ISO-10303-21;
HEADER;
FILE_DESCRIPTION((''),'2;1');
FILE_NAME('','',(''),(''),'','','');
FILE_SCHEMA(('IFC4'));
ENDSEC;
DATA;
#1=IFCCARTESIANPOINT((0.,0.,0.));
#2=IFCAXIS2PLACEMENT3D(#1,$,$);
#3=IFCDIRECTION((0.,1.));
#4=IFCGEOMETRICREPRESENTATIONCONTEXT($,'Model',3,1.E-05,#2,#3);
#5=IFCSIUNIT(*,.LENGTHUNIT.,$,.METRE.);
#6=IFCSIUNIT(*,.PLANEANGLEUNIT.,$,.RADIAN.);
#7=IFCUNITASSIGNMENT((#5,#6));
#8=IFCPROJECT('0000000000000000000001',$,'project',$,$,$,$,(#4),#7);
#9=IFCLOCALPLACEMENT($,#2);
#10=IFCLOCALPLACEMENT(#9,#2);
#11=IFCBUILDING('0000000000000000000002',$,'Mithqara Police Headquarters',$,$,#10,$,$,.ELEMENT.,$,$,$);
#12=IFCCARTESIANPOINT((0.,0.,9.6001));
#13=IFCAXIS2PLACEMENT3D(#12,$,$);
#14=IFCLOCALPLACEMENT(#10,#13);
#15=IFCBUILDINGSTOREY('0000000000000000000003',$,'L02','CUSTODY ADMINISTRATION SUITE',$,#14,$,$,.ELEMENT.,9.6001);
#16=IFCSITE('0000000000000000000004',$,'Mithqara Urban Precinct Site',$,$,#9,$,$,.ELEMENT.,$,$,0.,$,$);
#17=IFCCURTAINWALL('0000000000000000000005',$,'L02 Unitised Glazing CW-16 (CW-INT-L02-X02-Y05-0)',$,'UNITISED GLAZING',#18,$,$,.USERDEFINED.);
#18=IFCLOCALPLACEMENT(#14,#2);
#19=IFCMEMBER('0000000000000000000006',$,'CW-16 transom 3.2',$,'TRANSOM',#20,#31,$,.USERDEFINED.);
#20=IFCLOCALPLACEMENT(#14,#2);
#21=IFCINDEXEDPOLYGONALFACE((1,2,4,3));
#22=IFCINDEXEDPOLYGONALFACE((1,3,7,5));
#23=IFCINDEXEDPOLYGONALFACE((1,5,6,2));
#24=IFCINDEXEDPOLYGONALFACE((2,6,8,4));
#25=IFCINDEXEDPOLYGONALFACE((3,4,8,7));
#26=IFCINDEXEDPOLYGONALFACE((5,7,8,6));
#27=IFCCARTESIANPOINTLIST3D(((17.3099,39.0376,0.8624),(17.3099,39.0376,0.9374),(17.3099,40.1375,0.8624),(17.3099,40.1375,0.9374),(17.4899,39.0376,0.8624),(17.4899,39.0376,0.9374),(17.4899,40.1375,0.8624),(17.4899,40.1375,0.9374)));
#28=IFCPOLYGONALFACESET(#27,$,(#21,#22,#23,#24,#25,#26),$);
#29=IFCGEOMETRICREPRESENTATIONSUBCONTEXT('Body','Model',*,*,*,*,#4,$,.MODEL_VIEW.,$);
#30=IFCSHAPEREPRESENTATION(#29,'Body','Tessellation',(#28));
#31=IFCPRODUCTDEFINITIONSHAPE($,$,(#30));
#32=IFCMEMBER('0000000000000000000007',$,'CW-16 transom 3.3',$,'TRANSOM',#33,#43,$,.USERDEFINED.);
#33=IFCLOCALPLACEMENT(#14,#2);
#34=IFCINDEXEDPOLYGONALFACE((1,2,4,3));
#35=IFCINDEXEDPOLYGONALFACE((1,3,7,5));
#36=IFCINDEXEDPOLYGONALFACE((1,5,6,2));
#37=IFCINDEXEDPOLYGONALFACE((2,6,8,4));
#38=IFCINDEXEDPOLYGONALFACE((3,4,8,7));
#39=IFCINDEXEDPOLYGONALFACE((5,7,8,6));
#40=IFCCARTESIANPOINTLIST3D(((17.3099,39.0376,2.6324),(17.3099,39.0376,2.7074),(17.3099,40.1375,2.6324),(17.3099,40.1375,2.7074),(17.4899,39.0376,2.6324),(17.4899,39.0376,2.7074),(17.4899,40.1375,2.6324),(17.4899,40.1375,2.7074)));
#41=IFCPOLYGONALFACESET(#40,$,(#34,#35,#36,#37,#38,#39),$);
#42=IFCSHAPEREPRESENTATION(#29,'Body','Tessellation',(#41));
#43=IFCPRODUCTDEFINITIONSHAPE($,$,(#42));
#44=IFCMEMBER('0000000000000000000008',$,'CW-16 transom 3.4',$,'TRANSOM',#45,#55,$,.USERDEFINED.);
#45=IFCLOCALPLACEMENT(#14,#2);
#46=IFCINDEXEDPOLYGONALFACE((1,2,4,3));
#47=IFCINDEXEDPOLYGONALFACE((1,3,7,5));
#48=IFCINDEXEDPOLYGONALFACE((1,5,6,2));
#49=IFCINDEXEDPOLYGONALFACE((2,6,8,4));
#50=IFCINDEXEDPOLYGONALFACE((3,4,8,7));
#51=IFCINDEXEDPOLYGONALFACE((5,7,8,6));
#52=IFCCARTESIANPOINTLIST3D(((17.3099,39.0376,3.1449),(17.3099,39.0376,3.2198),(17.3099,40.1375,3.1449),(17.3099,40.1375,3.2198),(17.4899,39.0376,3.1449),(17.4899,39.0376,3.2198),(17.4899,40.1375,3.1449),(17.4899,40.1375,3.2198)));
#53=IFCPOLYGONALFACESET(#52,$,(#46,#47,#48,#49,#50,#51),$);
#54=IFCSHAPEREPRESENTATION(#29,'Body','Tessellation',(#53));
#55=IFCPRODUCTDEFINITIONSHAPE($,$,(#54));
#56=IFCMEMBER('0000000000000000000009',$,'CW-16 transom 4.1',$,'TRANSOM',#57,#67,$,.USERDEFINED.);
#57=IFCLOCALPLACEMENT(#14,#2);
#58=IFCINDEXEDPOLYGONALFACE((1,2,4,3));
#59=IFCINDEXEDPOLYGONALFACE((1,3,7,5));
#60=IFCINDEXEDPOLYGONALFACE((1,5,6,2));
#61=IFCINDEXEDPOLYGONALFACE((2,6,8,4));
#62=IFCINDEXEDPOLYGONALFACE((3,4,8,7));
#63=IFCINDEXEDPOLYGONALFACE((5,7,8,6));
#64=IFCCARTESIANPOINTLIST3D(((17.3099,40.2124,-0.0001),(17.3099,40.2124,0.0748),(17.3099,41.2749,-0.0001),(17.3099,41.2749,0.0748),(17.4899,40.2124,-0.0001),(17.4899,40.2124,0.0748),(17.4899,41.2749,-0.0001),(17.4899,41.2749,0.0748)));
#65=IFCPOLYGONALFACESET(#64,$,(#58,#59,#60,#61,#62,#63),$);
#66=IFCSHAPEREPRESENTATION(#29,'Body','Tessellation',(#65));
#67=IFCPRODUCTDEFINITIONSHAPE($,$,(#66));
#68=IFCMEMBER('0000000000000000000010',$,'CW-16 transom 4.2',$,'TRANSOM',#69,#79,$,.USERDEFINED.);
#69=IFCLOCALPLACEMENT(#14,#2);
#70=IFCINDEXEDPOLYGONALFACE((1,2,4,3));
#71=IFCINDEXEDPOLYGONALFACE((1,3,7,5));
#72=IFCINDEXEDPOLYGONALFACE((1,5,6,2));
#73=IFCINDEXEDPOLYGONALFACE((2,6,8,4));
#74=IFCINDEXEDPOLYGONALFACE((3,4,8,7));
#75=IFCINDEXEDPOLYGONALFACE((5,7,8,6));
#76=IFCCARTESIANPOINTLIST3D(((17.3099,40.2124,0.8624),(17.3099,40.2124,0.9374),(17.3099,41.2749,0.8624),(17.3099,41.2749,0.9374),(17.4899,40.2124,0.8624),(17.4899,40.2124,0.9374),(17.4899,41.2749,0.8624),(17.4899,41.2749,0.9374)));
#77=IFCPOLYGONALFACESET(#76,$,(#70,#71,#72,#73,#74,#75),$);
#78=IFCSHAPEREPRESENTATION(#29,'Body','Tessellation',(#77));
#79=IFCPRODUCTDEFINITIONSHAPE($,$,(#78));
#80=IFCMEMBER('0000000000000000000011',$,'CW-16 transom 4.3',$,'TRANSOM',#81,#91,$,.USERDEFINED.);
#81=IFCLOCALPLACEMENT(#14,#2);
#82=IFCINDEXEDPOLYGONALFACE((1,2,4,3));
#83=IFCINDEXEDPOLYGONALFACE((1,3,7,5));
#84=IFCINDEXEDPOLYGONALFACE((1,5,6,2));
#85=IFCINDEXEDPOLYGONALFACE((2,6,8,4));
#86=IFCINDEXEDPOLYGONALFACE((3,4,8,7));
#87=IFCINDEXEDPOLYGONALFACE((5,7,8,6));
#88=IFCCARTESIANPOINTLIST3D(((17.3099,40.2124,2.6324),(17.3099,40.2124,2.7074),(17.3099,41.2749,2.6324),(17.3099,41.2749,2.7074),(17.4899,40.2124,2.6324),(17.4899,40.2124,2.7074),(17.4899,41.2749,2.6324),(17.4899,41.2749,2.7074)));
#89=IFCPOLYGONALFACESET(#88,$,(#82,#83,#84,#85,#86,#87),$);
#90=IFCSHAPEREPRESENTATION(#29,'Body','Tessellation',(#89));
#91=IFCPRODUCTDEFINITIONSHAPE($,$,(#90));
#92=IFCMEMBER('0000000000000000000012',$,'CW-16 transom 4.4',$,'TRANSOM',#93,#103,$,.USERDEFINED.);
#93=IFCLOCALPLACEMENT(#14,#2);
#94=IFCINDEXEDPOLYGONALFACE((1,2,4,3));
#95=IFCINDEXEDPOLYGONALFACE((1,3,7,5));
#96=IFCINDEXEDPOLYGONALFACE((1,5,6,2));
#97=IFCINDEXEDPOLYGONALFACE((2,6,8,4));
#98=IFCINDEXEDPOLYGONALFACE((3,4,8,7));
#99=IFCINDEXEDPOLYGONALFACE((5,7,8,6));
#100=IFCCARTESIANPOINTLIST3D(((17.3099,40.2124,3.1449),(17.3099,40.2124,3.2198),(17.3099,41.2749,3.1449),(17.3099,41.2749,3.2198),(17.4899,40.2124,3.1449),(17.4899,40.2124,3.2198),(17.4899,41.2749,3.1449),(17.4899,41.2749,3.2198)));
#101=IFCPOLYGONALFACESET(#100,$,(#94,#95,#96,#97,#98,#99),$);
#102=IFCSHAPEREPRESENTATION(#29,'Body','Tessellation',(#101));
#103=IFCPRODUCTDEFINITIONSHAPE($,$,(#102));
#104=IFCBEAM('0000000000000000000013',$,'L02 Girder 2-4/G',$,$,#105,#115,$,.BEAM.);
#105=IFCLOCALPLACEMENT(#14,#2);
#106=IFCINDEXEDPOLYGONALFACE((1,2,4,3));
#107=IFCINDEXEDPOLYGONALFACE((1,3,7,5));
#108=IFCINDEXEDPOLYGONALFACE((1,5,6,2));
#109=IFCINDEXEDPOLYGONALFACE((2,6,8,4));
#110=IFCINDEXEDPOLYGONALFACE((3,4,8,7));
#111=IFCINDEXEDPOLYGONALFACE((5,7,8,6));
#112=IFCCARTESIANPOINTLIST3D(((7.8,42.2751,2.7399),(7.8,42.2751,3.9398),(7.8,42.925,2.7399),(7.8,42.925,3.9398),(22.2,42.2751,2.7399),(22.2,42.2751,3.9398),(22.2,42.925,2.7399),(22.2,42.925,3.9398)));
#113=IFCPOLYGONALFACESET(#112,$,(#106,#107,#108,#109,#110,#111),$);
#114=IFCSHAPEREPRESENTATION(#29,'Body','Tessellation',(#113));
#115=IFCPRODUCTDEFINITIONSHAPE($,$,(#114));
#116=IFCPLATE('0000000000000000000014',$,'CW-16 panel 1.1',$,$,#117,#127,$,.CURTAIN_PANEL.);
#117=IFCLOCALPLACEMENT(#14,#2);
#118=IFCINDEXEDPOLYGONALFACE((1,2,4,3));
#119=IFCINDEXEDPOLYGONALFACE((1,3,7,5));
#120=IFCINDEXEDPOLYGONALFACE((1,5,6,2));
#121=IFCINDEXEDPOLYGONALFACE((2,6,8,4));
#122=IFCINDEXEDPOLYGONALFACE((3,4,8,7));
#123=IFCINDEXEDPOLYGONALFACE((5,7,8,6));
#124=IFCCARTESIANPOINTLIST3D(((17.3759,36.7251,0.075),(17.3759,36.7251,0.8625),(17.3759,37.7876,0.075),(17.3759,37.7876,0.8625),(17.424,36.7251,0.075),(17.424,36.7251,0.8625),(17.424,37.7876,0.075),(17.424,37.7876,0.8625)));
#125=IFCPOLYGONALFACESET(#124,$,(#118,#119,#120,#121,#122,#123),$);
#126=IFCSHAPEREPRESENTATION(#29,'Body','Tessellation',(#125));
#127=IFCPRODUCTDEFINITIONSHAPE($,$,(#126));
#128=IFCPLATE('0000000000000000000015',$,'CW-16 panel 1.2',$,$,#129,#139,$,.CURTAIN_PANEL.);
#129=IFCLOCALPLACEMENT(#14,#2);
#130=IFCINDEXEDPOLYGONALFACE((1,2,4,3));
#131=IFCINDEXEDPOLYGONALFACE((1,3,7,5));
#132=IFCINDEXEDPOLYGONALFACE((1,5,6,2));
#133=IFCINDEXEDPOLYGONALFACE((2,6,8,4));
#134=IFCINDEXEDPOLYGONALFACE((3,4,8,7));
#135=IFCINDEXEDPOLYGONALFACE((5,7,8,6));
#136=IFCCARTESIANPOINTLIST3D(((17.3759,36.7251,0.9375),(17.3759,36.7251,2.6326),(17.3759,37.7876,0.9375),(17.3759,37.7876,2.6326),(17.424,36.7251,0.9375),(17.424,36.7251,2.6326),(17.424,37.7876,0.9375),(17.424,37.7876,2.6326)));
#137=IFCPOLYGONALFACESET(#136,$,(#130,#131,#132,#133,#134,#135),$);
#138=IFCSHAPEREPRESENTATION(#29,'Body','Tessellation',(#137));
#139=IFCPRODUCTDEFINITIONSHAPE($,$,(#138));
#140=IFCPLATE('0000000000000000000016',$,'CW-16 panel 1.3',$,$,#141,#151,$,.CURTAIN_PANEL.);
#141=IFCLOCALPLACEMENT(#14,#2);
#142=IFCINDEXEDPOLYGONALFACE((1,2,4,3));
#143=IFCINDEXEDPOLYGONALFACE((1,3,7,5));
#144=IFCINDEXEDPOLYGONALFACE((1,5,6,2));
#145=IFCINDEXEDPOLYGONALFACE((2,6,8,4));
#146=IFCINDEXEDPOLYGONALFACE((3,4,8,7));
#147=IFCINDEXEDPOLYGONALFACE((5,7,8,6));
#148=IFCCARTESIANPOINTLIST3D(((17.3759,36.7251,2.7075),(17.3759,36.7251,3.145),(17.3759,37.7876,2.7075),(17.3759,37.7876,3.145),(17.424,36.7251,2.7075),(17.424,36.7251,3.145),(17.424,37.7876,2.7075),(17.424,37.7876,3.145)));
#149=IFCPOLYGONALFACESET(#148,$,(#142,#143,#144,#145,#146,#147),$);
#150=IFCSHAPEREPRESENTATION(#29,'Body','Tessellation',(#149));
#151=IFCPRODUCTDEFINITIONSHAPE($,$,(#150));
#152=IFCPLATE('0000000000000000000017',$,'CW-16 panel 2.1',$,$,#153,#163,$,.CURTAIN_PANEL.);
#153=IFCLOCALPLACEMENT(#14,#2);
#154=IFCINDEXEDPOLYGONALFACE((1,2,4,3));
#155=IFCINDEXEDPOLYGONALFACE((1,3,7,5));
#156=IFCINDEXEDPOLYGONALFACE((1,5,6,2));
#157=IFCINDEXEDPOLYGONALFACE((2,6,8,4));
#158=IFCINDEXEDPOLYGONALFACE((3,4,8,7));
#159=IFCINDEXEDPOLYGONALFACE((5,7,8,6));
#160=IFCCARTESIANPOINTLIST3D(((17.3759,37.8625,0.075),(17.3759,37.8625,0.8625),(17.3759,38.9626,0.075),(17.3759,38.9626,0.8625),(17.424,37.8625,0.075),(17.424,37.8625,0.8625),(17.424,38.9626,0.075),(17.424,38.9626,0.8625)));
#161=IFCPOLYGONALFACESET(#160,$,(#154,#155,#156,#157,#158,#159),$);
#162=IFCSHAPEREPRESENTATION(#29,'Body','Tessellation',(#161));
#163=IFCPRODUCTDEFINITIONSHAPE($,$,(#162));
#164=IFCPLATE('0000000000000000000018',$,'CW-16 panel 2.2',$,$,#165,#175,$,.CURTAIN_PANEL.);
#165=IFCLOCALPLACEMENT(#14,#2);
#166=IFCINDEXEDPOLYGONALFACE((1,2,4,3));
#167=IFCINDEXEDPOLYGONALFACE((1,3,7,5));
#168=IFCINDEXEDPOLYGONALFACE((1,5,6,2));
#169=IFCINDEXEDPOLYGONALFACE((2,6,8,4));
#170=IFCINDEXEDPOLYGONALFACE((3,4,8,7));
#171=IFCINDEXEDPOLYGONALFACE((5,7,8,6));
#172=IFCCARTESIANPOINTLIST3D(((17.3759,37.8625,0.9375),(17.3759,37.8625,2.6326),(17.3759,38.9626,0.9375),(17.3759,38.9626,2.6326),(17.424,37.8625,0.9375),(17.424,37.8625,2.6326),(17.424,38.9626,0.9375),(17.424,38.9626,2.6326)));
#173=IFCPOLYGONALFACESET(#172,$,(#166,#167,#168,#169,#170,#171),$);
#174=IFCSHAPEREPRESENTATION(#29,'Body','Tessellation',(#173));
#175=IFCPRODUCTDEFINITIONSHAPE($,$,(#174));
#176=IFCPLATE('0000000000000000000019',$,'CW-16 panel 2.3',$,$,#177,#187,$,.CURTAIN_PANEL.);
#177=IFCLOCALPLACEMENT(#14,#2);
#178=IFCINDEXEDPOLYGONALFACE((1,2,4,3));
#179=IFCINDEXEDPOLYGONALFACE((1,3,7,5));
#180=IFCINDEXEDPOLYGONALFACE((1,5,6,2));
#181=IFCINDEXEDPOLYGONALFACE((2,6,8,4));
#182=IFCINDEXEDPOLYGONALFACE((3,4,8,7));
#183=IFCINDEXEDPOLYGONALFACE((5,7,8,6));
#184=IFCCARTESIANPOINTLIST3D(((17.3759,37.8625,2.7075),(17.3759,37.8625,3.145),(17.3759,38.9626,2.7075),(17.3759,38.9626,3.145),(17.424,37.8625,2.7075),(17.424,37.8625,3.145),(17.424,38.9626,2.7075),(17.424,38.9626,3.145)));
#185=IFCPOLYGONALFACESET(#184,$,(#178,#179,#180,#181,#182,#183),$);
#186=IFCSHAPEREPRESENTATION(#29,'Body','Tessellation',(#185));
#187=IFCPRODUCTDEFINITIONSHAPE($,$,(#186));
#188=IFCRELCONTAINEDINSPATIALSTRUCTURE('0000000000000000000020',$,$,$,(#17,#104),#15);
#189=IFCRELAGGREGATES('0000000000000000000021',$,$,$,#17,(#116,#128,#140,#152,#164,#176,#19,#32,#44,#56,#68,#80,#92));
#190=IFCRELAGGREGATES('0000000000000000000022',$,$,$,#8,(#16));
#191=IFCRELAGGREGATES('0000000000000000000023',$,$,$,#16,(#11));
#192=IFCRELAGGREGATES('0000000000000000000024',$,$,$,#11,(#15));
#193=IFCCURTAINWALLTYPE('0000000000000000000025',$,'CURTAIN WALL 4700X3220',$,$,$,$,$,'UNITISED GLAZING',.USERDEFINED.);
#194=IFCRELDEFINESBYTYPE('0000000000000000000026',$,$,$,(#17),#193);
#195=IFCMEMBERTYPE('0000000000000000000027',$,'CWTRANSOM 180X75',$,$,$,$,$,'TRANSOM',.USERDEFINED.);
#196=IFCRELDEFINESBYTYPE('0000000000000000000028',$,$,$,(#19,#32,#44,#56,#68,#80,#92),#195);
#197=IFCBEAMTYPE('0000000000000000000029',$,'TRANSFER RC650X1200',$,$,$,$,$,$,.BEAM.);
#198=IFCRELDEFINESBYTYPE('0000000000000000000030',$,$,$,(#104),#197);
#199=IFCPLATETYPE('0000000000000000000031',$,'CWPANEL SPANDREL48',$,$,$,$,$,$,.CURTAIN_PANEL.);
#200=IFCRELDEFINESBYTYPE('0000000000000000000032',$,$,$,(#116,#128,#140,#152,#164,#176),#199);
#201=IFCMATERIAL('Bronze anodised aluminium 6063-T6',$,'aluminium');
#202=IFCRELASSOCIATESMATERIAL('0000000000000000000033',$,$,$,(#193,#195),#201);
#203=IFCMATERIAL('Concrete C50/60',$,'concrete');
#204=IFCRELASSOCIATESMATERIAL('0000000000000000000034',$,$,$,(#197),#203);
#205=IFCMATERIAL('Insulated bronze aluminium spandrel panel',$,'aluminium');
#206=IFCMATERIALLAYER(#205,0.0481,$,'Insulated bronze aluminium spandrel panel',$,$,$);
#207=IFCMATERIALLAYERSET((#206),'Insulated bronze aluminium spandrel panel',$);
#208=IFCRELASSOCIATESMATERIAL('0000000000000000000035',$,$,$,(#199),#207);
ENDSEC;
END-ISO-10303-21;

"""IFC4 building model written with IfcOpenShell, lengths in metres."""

from ifc_helpers import new_model, si_unit, direction, frame, origin, origin_2d, place, context, subcontext, project, spatial, rectangle, extrude, material, layer, layer_set, material_profile, profile_set, type_object, element, aggregate, save


model = new_model("IFC4")

# Units and contexts
model_context = context("Model", 3, precision=1e-05, world=origin(), true_north=direction((0.0, 1.0)))
body_context = subcontext(model_context, "Body", "Model", "MODEL_VIEW")
ifc_project = project(units=[si_unit("LENGTHUNIT", "METRE"), si_unit("PLANEANGLEUNIT", "RADIAN")], contexts=[model_context])

# Site, building, storey
site_placement = place(None, origin())
site = spatial("IfcSite", under=ifc_project, at=site_placement, Name="Mithqara Urban Precinct Site", CompositionType="ELEMENT", RefElevation=0.0)
building_placement = place(site_placement, origin())
building = spatial("IfcBuilding", under=site, at=building_placement, Name="Mithqara Police Headquarters", CompositionType="ELEMENT")
storey_placement = place(building_placement, frame((0.0, 0.0, 9.6001)))
storey = spatial("IfcBuildingStorey", under=building, at=storey_placement, Name="L02", Description="CUSTODY ADMINISTRATION SUITE", CompositionType="ELEMENT", Elevation=9.6001)

# Shared definitions
ifc_material_1 = material(Name="Concrete C50/60", Category="concrete")

# Curtain wall, members
ifc_material_2 = material(Name="Bronze anodised aluminium 6063-T6", Category="aluminium")
curtain_wall_type = type_object("IfcCurtainWallType", Name="CURTAIN WALL 4700X3220", ElementType="UNITISED GLAZING", PredefinedType="USERDEFINED", material=ifc_material_2)
curtain_wall_placement = place(storey_placement, origin())
curtain_wall = element("IfcCurtainWall", 1, at=curtain_wall_placement, inside=storey, type_object=curtain_wall_type, Name="L02 Unitised Glazing CW-16 (CW-INT-L02-X02-Y05-0)", ObjectType="UNITISED GLAZING", PredefinedType="USERDEFINED")
ifc_material_profile_1 = material_profile(ifc_material_2, rectangle(XDim=0.1799, YDim=0.075, at=origin_2d()), Name="CWT 180x75")
ifc_profile_set_1 = profile_set([ifc_material_profile_1], Name="Bronze anodised aluminium 6063-T6")
member_type_1 = type_object("IfcMemberType", Name="CWTRANSOM 180X75", ElementType="TRANSOM", PredefinedType="USERDEFINED", material=ifc_profile_set_1)
member_1_placement = place(storey_placement, frame((17.3999, 39.0376, 0.8999), z_axis=(0.0, 1.0, 0.0), x_axis=(-1.0, 0.0, 0.0)))
member_1 = element("IfcMember", 2, at=member_1_placement, type_object=member_type_1, Name="CW-16 transom 3.2", ObjectType="TRANSOM", PredefinedType="USERDEFINED", context=body_context, shape_type="SweptSolid", body=[
    extrude(rectangle(XDim=0.1799, YDim=0.075, at=origin_2d()), origin(), (0.0, 0.0, 1.0), 1.0999),
])
member_2_placement = place(storey_placement, frame((17.3999, 39.0376, 2.6699), z_axis=(0.0, 1.0, 0.0), x_axis=(-1.0, 0.0, 0.0)))
member_2 = element("IfcMember", 3, at=member_2_placement, type_object=member_type_1, Name="CW-16 transom 3.3", ObjectType="TRANSOM", PredefinedType="USERDEFINED", context=body_context, shape_type="SweptSolid", body=[
    extrude(rectangle(XDim=0.1799, YDim=0.075, at=origin_2d()), origin(), (0.0, 0.0, 1.0), 1.0999),
])
member_3_placement = place(storey_placement, frame((17.3999, 39.0376, 3.1824), z_axis=(0.0, 1.0, 0.0), x_axis=(-1.0, 0.0, 0.0)))
member_3 = element("IfcMember", 4, at=member_3_placement, type_object=member_type_1, Name="CW-16 transom 3.4", ObjectType="TRANSOM", PredefinedType="USERDEFINED", context=body_context, shape_type="SweptSolid", body=[
    extrude(rectangle(XDim=0.1799, YDim=0.075, at=origin_2d()), origin(), (0.0, 0.0, 1.0), 1.0999),
])
member_4_placement = place(storey_placement, frame((17.3999, 40.2124, 0.0374), z_axis=(0.0, 1.0, 0.0), x_axis=(-1.0, 0.0, 0.0)))
member_4 = element("IfcMember", 5, at=member_4_placement, type_object=member_type_1, Name="CW-16 transom 4.1", ObjectType="TRANSOM", PredefinedType="USERDEFINED", context=body_context, shape_type="SweptSolid", body=[
    extrude(rectangle(XDim=0.1799, YDim=0.075, at=origin_2d()), origin(), (0.0, 0.0, 1.0), 1.0625),
])
member_5_placement = place(storey_placement, frame((17.3999, 40.2124, 0.8999), z_axis=(0.0, 1.0, 0.0), x_axis=(-1.0, 0.0, 0.0)))
member_5 = element("IfcMember", 6, at=member_5_placement, type_object=member_type_1, Name="CW-16 transom 4.2", ObjectType="TRANSOM", PredefinedType="USERDEFINED", context=body_context, shape_type="SweptSolid", body=[
    extrude(rectangle(XDim=0.1799, YDim=0.075, at=origin_2d()), origin(), (0.0, 0.0, 1.0), 1.0625),
])
member_6_placement = place(storey_placement, frame((17.3999, 40.2124, 2.6699), z_axis=(0.0, 1.0, 0.0), x_axis=(-1.0, 0.0, 0.0)))
member_6 = element("IfcMember", 7, at=member_6_placement, type_object=member_type_1, Name="CW-16 transom 4.3", ObjectType="TRANSOM", PredefinedType="USERDEFINED", context=body_context, shape_type="SweptSolid", body=[
    extrude(rectangle(XDim=0.1799, YDim=0.075, at=origin_2d()), origin(), (0.0, 0.0, 1.0), 1.0625),
])
member_7_placement = place(storey_placement, frame((17.3999, 40.2124, 3.1824), z_axis=(0.0, 1.0, 0.0), x_axis=(-1.0, 0.0, 0.0)))
member_7 = element("IfcMember", 8, at=member_7_placement, type_object=member_type_1, Name="CW-16 transom 4.4", ObjectType="TRANSOM", PredefinedType="USERDEFINED", context=body_context, shape_type="SweptSolid", body=[
    extrude(rectangle(XDim=0.1799, YDim=0.075, at=origin_2d()), origin(), (0.0, 0.0, 1.0), 1.0625),
])

# Beam
ifc_material_profile_2 = material_profile(ifc_material_1, rectangle(XDim=0.6499, YDim=1.2, at=origin_2d()), Name="RC 650x1200")
ifc_profile_set_2 = profile_set([ifc_material_profile_2], Name="Concrete C50/60")
beam_type_1 = type_object("IfcBeamType", Name="TRANSFER RC650X1200", PredefinedType="BEAM", material=ifc_profile_set_2)
beam_1_placement = place(storey_placement, frame((7.8, 42.6001, 3.3398), z_axis=(1.0, 0.0, 0.0), x_axis=(0.0, 1.0, 0.0)))
element("IfcBeam", 9, at=beam_1_placement, inside=storey, type_object=beam_type_1, Name="L02 Girder 2-4/G", PredefinedType="BEAM", context=body_context, shape_type="SweptSolid", body=[
    extrude(rectangle(XDim=0.6499, YDim=1.2, at=origin_2d()), origin(), (0.0, 0.0, 1.0), 14.3999),
])

# Plates
ifc_material_3 = material(Name="Insulated bronze aluminium spandrel panel", Category="aluminium")
ifc_layer_1 = layer(ifc_material_3, 0.0481, Name="Insulated bronze aluminium spandrel panel")
ifc_layer_set_1 = layer_set([ifc_layer_1], Name="Insulated bronze aluminium spandrel panel")
plate_type = type_object("IfcPlateType", Name="CWPANEL SPANDREL48", PredefinedType="CURTAIN_PANEL", material=ifc_layer_set_1)
plate_1_placement = place(storey_placement, frame((17.3999, 37.2563, 0.075), z_axis=(0.0, 0.0, 1.0), x_axis=(0.0, 1.0, 0.0)))
plate_1 = element("IfcPlate", 10, at=plate_1_placement, type_object=plate_type, Name="CW-16 panel 1.1", PredefinedType="CURTAIN_PANEL", context=body_context, shape_type="SweptSolid", body=[
    extrude(rectangle(XDim=1.0625, YDim=0.0481, at=origin_2d()), origin(), (0.0, 0.0, 1.0), 0.7876),
])
plate_2_placement = place(storey_placement, frame((17.3999, 37.2563, 0.9375), z_axis=(0.0, 0.0, 1.0), x_axis=(0.0, 1.0, 0.0)))
plate_2 = element("IfcPlate", 11, at=plate_2_placement, type_object=plate_type, Name="CW-16 panel 1.2", PredefinedType="CURTAIN_PANEL", context=body_context, shape_type="SweptSolid", body=[
    extrude(rectangle(XDim=1.0625, YDim=0.0481, at=origin_2d()), origin(), (0.0, 0.0, 1.0), 1.6951),
])
plate_3_placement = place(storey_placement, frame((17.3999, 37.2563, 2.7075), z_axis=(0.0, 0.0, 1.0), x_axis=(0.0, 1.0, 0.0)))
plate_3 = element("IfcPlate", 12, at=plate_3_placement, type_object=plate_type, Name="CW-16 panel 1.3", PredefinedType="CURTAIN_PANEL", context=body_context, shape_type="SweptSolid", body=[
    extrude(rectangle(XDim=1.0625, YDim=0.0481, at=origin_2d()), origin(), (0.0, 0.0, 1.0), 0.4375),
])
plate_4_placement = place(storey_placement, frame((17.3999, 38.4126, 0.075), z_axis=(0.0, 0.0, 1.0), x_axis=(0.0, 1.0, 0.0)))
plate_4 = element("IfcPlate", 13, at=plate_4_placement, type_object=plate_type, Name="CW-16 panel 2.1", PredefinedType="CURTAIN_PANEL", context=body_context, shape_type="SweptSolid", body=[
    extrude(rectangle(XDim=1.1001, YDim=0.0481, at=origin_2d()), origin(), (0.0, 0.0, 1.0), 0.7876),
])
plate_5_placement = place(storey_placement, frame((17.3999, 38.4126, 0.9375), z_axis=(0.0, 0.0, 1.0), x_axis=(0.0, 1.0, 0.0)))
plate_5 = element("IfcPlate", 14, at=plate_5_placement, type_object=plate_type, Name="CW-16 panel 2.2", PredefinedType="CURTAIN_PANEL", context=body_context, shape_type="SweptSolid", body=[
    extrude(rectangle(XDim=1.1001, YDim=0.0481, at=origin_2d()), origin(), (0.0, 0.0, 1.0), 1.6951),
])
plate_6_placement = place(storey_placement, frame((17.3999, 38.4126, 2.7075), z_axis=(0.0, 0.0, 1.0), x_axis=(0.0, 1.0, 0.0)))
plate_6 = element("IfcPlate", 15, at=plate_6_placement, type_object=plate_type, Name="CW-16 panel 2.3", PredefinedType="CURTAIN_PANEL", context=body_context, shape_type="SweptSolid", body=[
    extrude(rectangle(XDim=1.1001, YDim=0.0481, at=origin_2d()), origin(), (0.0, 0.0, 1.0), 0.4375),
])
aggregate(curtain_wall, [plate_1, plate_2, plate_3, plate_4, plate_5, plate_6, member_1, member_2, member_3, member_4, member_5, member_6, member_7])

save(model, "model.ifc")
